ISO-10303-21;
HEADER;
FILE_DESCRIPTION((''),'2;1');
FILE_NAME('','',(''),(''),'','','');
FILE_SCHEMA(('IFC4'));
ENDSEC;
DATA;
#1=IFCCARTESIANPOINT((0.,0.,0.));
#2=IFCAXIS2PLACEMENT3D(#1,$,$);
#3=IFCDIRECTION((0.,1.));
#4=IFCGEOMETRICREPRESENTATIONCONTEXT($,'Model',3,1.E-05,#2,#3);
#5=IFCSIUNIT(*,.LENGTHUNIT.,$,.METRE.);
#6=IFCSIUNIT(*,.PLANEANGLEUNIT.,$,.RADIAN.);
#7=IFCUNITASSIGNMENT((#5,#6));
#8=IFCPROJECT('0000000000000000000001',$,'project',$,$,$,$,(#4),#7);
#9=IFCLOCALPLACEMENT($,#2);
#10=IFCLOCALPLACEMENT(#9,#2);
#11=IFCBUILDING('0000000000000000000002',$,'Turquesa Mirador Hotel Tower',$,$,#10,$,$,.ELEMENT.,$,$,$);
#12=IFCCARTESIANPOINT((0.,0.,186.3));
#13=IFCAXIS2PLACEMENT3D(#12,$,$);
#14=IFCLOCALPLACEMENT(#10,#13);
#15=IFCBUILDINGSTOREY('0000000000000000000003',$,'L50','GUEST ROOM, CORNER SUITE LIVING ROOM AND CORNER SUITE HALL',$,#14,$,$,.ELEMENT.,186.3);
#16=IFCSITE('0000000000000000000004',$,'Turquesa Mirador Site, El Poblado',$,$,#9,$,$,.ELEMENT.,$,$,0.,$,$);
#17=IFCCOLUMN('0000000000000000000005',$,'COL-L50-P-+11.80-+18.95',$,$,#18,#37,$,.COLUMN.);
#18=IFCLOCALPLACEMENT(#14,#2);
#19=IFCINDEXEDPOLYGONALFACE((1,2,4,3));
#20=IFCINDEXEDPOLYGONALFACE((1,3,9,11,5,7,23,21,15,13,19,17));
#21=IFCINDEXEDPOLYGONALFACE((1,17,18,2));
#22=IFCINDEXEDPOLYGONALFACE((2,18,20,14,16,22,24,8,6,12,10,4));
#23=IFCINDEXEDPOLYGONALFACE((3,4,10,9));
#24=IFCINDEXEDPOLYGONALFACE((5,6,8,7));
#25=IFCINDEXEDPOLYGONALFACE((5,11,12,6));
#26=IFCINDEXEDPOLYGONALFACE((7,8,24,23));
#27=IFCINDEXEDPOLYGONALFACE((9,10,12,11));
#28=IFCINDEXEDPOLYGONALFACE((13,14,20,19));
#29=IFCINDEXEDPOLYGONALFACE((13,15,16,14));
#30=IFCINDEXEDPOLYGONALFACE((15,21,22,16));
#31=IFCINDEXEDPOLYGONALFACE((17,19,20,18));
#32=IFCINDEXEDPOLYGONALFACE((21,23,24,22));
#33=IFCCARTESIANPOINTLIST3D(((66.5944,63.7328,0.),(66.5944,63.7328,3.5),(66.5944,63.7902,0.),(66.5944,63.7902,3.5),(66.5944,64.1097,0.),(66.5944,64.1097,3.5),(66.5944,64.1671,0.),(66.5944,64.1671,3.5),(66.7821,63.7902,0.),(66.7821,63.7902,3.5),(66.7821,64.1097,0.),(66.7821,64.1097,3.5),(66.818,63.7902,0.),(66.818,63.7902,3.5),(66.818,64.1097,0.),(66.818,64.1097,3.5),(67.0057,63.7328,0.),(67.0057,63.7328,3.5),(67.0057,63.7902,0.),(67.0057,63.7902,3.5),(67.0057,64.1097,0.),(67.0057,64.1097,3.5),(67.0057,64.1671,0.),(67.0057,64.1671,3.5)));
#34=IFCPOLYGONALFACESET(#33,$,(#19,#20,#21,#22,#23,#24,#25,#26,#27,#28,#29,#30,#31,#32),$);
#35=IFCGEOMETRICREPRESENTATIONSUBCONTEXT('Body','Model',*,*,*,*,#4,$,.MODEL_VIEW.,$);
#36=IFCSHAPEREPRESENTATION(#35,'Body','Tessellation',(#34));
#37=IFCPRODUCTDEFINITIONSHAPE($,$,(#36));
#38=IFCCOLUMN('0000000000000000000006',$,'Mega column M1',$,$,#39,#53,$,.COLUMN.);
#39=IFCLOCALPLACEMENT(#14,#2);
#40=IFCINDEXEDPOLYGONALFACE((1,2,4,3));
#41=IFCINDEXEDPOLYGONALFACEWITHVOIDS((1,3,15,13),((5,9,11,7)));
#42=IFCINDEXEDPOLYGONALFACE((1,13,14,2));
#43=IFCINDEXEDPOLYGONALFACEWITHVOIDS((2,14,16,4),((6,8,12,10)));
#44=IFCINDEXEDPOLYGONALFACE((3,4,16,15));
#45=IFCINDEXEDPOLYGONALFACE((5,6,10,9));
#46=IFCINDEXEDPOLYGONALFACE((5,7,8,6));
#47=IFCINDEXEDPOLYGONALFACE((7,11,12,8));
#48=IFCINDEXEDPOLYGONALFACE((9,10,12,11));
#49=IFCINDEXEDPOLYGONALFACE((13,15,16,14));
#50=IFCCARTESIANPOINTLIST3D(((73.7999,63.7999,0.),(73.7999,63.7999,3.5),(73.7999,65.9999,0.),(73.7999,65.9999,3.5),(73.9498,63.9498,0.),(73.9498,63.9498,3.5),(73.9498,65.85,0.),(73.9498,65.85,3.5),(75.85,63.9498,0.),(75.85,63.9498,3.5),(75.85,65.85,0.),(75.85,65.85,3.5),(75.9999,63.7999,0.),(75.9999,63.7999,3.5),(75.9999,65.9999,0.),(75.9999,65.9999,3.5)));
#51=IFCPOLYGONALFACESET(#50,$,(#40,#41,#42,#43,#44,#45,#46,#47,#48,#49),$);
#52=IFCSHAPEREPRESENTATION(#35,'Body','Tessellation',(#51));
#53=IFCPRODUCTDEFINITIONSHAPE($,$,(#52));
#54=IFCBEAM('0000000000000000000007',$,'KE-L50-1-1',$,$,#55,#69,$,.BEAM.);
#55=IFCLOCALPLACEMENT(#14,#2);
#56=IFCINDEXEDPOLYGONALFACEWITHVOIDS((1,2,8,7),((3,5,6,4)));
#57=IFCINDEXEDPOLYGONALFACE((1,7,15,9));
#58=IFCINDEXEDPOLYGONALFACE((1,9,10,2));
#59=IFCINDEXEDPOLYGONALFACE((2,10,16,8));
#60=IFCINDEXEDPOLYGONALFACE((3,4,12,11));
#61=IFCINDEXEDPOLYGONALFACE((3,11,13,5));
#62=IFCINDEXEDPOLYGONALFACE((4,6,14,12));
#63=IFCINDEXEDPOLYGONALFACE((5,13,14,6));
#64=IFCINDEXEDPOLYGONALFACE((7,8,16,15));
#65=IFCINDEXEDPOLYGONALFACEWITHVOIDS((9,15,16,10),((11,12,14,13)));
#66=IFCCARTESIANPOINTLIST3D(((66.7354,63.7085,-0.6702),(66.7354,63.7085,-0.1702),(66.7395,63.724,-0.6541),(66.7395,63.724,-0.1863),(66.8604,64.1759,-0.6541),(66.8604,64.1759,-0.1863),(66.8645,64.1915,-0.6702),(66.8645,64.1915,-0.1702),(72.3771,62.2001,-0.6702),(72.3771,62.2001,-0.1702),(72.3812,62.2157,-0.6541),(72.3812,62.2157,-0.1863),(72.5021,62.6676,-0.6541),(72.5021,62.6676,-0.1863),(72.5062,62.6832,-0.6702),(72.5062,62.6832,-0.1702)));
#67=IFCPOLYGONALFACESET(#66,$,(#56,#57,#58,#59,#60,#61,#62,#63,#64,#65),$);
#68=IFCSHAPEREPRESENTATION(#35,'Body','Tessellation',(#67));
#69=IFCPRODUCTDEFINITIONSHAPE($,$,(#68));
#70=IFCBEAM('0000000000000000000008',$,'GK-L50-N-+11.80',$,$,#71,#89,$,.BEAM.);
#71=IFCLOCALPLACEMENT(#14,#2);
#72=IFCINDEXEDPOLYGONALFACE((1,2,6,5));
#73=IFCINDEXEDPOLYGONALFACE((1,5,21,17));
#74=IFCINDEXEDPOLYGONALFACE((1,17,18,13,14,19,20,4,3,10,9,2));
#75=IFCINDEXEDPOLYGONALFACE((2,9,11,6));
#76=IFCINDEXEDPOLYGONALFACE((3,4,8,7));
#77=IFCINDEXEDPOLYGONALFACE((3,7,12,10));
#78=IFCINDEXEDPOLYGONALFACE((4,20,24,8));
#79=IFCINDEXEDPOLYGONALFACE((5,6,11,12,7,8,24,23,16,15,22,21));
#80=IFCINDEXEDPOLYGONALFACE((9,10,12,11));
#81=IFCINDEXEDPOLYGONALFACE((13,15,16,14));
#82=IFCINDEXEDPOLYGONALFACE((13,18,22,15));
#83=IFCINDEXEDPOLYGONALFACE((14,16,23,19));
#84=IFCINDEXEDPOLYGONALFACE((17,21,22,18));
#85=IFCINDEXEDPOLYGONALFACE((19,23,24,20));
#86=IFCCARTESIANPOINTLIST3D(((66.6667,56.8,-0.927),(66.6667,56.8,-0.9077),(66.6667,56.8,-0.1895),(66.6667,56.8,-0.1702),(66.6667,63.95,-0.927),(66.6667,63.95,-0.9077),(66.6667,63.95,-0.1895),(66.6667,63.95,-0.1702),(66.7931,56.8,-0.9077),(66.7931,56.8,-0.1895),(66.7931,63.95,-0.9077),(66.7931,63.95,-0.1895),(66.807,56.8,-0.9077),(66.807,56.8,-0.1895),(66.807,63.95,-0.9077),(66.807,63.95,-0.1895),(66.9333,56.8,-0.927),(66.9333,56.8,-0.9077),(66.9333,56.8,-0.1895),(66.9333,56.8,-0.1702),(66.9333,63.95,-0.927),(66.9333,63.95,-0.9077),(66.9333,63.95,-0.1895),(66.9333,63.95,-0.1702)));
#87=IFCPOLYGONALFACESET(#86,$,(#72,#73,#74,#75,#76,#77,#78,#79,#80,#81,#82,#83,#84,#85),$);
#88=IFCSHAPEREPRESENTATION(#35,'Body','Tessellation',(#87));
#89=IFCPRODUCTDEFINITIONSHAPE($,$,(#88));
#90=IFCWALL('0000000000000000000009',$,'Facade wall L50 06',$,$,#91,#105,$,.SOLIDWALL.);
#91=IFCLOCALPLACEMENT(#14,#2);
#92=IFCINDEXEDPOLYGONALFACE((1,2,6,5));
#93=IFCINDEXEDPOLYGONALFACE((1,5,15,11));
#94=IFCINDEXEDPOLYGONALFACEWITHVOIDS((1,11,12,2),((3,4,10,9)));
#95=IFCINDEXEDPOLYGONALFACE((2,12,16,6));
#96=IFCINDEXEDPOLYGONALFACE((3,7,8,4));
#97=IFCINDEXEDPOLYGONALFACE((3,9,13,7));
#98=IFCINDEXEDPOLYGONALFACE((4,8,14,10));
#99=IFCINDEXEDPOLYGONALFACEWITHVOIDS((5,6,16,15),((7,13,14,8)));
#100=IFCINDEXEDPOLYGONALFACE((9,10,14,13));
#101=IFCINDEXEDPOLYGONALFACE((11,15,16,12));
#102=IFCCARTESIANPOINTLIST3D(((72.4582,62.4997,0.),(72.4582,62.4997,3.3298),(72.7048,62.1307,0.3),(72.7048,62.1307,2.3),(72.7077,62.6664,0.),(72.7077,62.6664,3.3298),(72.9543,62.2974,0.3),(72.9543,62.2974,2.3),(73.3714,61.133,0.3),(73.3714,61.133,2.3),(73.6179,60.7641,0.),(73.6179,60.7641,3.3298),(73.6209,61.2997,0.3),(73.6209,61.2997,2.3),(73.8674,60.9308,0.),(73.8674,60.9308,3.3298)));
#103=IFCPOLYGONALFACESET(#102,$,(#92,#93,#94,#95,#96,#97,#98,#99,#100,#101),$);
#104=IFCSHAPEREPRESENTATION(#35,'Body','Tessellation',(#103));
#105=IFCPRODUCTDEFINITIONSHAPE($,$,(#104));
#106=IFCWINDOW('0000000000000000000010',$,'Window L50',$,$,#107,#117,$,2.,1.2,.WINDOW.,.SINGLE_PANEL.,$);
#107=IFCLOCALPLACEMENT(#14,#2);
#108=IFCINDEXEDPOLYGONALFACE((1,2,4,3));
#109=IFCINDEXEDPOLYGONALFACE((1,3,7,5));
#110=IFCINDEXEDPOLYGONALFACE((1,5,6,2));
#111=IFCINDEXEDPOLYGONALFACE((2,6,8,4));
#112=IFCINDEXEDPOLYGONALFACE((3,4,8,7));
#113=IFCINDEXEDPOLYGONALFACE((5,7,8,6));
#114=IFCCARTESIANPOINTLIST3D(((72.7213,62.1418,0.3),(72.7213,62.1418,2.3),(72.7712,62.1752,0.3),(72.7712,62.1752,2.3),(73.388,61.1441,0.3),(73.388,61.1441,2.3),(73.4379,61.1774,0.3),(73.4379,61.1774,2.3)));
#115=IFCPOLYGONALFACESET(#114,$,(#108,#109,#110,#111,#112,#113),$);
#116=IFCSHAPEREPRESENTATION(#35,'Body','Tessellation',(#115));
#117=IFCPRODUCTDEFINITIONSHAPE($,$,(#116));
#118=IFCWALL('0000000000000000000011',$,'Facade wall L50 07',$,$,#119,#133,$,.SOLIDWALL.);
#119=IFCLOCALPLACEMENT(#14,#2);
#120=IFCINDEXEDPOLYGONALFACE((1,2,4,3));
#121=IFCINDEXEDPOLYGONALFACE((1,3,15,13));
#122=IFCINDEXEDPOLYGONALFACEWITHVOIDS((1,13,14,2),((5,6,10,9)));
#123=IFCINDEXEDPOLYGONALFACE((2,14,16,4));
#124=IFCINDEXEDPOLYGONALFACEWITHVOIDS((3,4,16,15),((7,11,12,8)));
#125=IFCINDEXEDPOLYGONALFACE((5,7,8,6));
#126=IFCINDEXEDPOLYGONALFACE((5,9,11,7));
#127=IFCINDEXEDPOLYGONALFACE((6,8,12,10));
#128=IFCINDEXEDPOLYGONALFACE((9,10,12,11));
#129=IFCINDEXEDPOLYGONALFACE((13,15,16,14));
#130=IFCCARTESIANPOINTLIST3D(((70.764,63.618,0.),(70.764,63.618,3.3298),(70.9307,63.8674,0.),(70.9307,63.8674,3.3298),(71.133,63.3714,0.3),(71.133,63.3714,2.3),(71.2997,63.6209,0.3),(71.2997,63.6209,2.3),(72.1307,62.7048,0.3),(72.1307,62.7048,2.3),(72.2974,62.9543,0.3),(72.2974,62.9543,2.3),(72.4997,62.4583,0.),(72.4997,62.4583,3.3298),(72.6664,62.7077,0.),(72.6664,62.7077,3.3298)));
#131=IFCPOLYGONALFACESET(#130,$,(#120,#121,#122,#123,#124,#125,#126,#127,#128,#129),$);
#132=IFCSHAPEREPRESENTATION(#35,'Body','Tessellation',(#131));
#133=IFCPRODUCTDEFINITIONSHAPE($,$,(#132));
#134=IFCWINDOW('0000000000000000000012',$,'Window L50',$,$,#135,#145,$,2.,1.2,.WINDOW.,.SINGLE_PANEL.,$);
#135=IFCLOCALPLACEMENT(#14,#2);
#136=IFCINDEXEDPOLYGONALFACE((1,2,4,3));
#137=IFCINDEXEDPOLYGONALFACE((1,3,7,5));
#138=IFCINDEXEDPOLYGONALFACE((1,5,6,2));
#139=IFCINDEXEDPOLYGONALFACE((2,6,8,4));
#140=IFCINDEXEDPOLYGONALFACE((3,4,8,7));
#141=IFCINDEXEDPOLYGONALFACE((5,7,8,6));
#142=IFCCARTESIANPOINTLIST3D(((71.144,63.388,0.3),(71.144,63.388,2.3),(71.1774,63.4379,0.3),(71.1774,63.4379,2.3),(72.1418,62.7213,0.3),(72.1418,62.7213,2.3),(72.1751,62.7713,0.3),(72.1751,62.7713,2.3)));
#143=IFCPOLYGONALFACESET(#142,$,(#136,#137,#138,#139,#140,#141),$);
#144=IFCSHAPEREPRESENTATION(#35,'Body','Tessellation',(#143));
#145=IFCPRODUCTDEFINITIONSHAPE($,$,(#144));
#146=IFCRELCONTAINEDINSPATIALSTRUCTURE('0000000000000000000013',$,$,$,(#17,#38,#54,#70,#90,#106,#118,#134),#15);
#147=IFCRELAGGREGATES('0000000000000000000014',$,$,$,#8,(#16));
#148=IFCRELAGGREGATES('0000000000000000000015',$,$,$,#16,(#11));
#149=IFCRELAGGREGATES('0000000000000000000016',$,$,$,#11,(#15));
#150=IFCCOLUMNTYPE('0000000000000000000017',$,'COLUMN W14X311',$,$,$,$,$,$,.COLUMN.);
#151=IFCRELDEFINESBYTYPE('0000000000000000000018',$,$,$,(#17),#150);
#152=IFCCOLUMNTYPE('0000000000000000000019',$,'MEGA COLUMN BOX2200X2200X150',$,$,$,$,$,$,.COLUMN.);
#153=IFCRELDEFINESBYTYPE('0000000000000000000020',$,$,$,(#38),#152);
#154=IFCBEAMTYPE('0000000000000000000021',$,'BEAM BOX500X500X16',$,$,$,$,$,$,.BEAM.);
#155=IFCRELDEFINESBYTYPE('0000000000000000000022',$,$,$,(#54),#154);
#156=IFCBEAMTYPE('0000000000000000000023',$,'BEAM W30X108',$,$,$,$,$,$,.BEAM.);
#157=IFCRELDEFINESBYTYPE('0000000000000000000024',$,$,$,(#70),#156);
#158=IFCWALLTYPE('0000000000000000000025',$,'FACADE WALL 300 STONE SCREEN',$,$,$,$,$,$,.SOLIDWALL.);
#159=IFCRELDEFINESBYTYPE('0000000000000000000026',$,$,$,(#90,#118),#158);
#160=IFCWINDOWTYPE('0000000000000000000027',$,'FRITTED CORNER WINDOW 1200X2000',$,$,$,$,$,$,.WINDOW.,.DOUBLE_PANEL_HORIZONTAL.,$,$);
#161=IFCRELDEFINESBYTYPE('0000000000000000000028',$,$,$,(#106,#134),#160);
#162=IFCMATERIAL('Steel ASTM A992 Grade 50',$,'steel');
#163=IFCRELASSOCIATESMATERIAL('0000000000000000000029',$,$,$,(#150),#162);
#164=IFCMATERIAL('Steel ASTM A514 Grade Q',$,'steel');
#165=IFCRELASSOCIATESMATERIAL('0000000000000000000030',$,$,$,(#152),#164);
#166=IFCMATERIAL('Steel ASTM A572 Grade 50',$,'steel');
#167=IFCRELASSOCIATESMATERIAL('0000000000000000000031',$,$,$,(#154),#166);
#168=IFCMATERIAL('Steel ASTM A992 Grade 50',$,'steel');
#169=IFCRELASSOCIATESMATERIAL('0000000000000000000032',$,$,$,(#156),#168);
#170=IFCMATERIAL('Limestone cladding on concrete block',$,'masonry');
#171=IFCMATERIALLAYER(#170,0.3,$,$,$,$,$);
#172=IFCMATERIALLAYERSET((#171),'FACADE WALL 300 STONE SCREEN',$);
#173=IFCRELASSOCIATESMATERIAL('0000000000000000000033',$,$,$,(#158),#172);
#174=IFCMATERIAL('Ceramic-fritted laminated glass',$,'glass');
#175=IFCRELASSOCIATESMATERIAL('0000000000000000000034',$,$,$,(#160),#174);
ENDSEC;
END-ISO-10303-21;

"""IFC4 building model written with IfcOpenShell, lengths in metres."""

from ifc_helpers import new_model, si_unit, direction, frame, frame_2d, origin, origin_2d, place, context, subcontext, project, spatial, rectangle, hollow_rectangle, i_section, extrude, material, layer, layer_set, material_profile, profile_set, type_object, element, fill, save


model = new_model("IFC4")

# Units and contexts
model_context = context("Model", 3, precision=1e-05, world=origin(), true_north=direction((0.0, 1.0)))
body_context = subcontext(model_context, "Body", "Model", "MODEL_VIEW")
ifc_project = project(units=[si_unit("LENGTHUNIT", "METRE"), si_unit("PLANEANGLEUNIT", "RADIAN")], contexts=[model_context])

# Site, building, storey
site_placement = place(None, origin())
site = spatial("IfcSite", under=ifc_project, at=site_placement, Name="Turquesa Mirador Site, El Poblado", CompositionType="ELEMENT", RefElevation=0.0)
building_placement = place(site_placement, origin())
building = spatial("IfcBuilding", under=site, at=building_placement, Name="Turquesa Mirador Hotel Tower", CompositionType="ELEMENT")
storey_placement = place(building_placement, frame((0.0, 0.0, 186.3)))
storey = spatial("IfcBuildingStorey", under=building, at=storey_placement, Name="L50", Description="GUEST ROOM, CORNER SUITE LIVING ROOM AND CORNER SUITE HALL", CompositionType="ELEMENT", Elevation=186.3)

# Columns
ifc_material_1 = material(Name="Steel ASTM A992 Grade 50", Category="steel")
ifc_material_profile_1 = material_profile(ifc_material_1, i_section(OverallWidth=0.4114, OverallDepth=0.4343, WebThickness=0.0359, FlangeThickness=0.0574, at=origin_2d()), Name="W14X311")
ifc_profile_set_1 = profile_set([ifc_material_profile_1], Name="Steel ASTM A992 Grade 50")
column_type_1 = type_object("IfcColumnType", Name="COLUMN W14X311", PredefinedType="COLUMN", material=ifc_profile_set_1)
column_1_placement = place(storey_placement, frame((66.8, 63.95, 0.0), z_axis=(0.0, 0.0, 1.0), x_axis=(1.0, 0.0, 0.0)))
element("IfcColumn", 1, at=column_1_placement, inside=storey, type_object=column_type_1, Name="COL-L50-P-+11.80-+18.95", PredefinedType="COLUMN", context=body_context, shape_type="SweptSolid", body=[
    extrude(i_section(OverallWidth=0.4114, OverallDepth=0.4343, WebThickness=0.0359, FlangeThickness=0.0574, at=origin_2d()), origin(), (0.0, 0.0, 1.0), 3.5),
])
ifc_material_2 = material(Name="Steel ASTM A514 Grade Q", Category="steel")
ifc_material_profile_2 = material_profile(ifc_material_2, hollow_rectangle(XDim=2.2, YDim=2.2, WallThickness=0.1499, at=origin_2d()), Name="BOX2200X2200X150")
ifc_profile_set_2 = profile_set([ifc_material_profile_2], Name="Steel ASTM A514 Grade Q")
column_type_2 = type_object("IfcColumnType", Name="MEGA COLUMN BOX2200X2200X150", PredefinedType="COLUMN", material=ifc_profile_set_2)
column_2_placement = place(storey_placement, frame((74.8999, 64.8999, 0.0), z_axis=(0.0, 0.0, 1.0), x_axis=(1.0, 0.0, 0.0)))
element("IfcColumn", 2, at=column_2_placement, inside=storey, type_object=column_type_2, Name="Mega column M1", PredefinedType="COLUMN", context=body_context, shape_type="SweptSolid", body=[
    extrude(hollow_rectangle(XDim=2.2, YDim=2.2, WallThickness=0.1499, at=origin_2d()), origin(), (0.0, 0.0, 1.0), 3.5),
])

# Beams
ifc_material_3 = material(Name="Steel ASTM A572 Grade 50", Category="steel")
ifc_material_profile_3 = material_profile(ifc_material_3, hollow_rectangle(XDim=0.5, YDim=0.5, WallThickness=0.0161, at=origin_2d()), Name="BOX500X500X16")
ifc_profile_set_3 = profile_set([ifc_material_profile_3], Name="Steel ASTM A572 Grade 50")
beam_type_1 = type_object("IfcBeamType", Name="BEAM BOX500X500X16", PredefinedType="BEAM", material=ifc_profile_set_3)
beam_1_placement = place(storey_placement, frame((72.4417, 62.4417, -0.4202), z_axis=(-0.96607, 0.258282, 0.0), x_axis=(-0.258282, -0.96607, 0.0)))
element("IfcBeam", 3, at=beam_1_placement, inside=storey, type_object=beam_type_1, Name="KE-L50-1-1", PredefinedType="BEAM", context=body_context, shape_type="SweptSolid", body=[
    extrude(hollow_rectangle(XDim=0.5, YDim=0.5, WallThickness=0.0161, at=origin_2d()), origin(), (0.0, 0.0, 1.0), 5.8398),
])
ifc_material_4 = material(Name="Steel ASTM A992 Grade 50", Category="steel")
ifc_material_profile_4 = material_profile(ifc_material_4, i_section(OverallWidth=0.2666, OverallDepth=0.7568, WebThickness=0.0139, FlangeThickness=0.0193, at=origin_2d()), Name="W30X108")
ifc_profile_set_4 = profile_set([ifc_material_profile_4], Name="Steel ASTM A992 Grade 50")
beam_type_2 = type_object("IfcBeamType", Name="BEAM W30X108", PredefinedType="BEAM", material=ifc_profile_set_4)
beam_2_placement = place(storey_placement, frame((66.8, 63.95, -0.5486), z_axis=(0.0, -1.0, 0.0), x_axis=(1.0, 0.0, 0.0)))
element("IfcBeam", 4, at=beam_2_placement, inside=storey, type_object=beam_type_2, Name="GK-L50-N-+11.80", PredefinedType="BEAM", context=body_context, shape_type="SweptSolid", body=[
    extrude(i_section(OverallWidth=0.2666, OverallDepth=0.7568, WebThickness=0.0139, FlangeThickness=0.0193, at=origin_2d()), origin(), (0.0, 0.0, 1.0), 7.1499),
])

# Walls, openings, windows
ifc_material_5 = material(Name="Limestone cladding on concrete block", Category="masonry")
ifc_layer_1 = layer(ifc_material_5, 0.3)
ifc_layer_set_1 = layer_set([ifc_layer_1], Name="FACADE WALL 300 STONE SCREEN")
wall_type_1 = type_object("IfcWallType", Name="FACADE WALL 300 STONE SCREEN", PredefinedType="SOLIDWALL", material=ifc_layer_set_1)
wall_1_placement = place(storey_placement, frame((73.7427, 60.8474, 0.0), z_axis=(0.0, 0.0, 1.0), x_axis=(-0.555564, 0.831474, 0.0)))
wall_1 = element("IfcWall", 5, at=wall_1_placement, inside=storey, type_object=wall_type_1, Name="Facade wall L50 06", PredefinedType="SOLIDWALL", context=body_context, shape_type="SweptSolid", body=[
    extrude(rectangle(XDim=2.0874, YDim=0.3, at=frame_2d((1.0437, 0.0))), origin(), (0.0, 0.0, 1.0), 3.3298),
])
opening_1_placement = place(wall_1_placement, frame((0.4436, 0.0, 0.3)))
opening_1 = element("IfcOpeningElement", 6, at=opening_1_placement, cuts=wall_1, PredefinedType="OPENING", context=body_context, shape_type="SweptSolid", body=[
    extrude(rectangle(XDim=1.2, YDim=2.0, at=frame_2d((0.6001, 1.0))), frame((0.0, 0.1599, 0.0), z_axis=(0.0, -1.0, 0.0), x_axis=(1.0, 0.0, 0.0)), (0.0, 0.0, 1.0), 0.3201),
])
ifc_material_6 = material(Name="Ceramic-fritted laminated glass", Category="glass")
window_type_1 = type_object("IfcWindowType", Name="FRITTED CORNER WINDOW 1200X2000", PartitioningType="DOUBLE_PANEL_HORIZONTAL", PredefinedType="WINDOW", material=ifc_material_6)
window_1_placement = place(opening_1_placement, origin())
window_1 = element("IfcWindow", 7, at=window_1_placement, inside=storey, type_object=window_type_1, Name="Window L50", OverallHeight=2.0, OverallWidth=1.2, PartitioningType="SINGLE_PANEL", PredefinedType="WINDOW", context=body_context, shape_type="SweptSolid", body=[
    extrude(rectangle(XDim=1.2, YDim=2.0, at=frame_2d((0.6001, 1.0))), frame((0.0, 0.1301, 0.0), z_axis=(0.0, -1.0, 0.0), x_axis=(1.0, 0.0, 0.0)), (0.0, 0.0, 1.0), 0.0601),
])
fill(opening_1, window_1)
wall_2_placement = place(storey_placement, frame((72.583, 62.583, 0.0), z_axis=(0.0, 0.0, 1.0), x_axis=(-0.831474, 0.555564, 0.0)))
wall_2 = element("IfcWall", 8, at=wall_2_placement, inside=storey, type_object=wall_type_1, Name="Facade wall L50 07", PredefinedType="SOLIDWALL", context=body_context, shape_type="SweptSolid", body=[
    extrude(rectangle(XDim=2.0874, YDim=0.3, at=frame_2d((1.0437, 0.0))), origin(), (0.0, 0.0, 1.0), 3.3298),
])
opening_2_placement = place(wall_2_placement, frame((0.4436, 0.0, 0.3)))
opening_2 = element("IfcOpeningElement", 9, at=opening_2_placement, cuts=wall_2, PredefinedType="OPENING", context=body_context, shape_type="SweptSolid", body=[
    extrude(rectangle(XDim=1.2, YDim=2.0, at=frame_2d((0.6001, 1.0))), frame((0.0, 0.1599, 0.0), z_axis=(0.0, -1.0, 0.0), x_axis=(1.0, 0.0, 0.0)), (0.0, 0.0, 1.0), 0.3201),
])
window_2_placement = place(opening_2_placement, origin())
window_2 = element("IfcWindow", 10, at=window_2_placement, inside=storey, type_object=window_type_1, Name="Window L50", OverallHeight=2.0, OverallWidth=1.2, PartitioningType="SINGLE_PANEL", PredefinedType="WINDOW", context=body_context, shape_type="SweptSolid", body=[
    extrude(rectangle(XDim=1.2, YDim=2.0, at=frame_2d((0.6001, 1.0))), frame((0.0, 0.1301, 0.0), z_axis=(0.0, -1.0, 0.0), x_axis=(1.0, 0.0, 0.0)), (0.0, 0.0, 1.0), 0.0601),
])
fill(opening_2, window_2)

save(model, "model.ifc")
